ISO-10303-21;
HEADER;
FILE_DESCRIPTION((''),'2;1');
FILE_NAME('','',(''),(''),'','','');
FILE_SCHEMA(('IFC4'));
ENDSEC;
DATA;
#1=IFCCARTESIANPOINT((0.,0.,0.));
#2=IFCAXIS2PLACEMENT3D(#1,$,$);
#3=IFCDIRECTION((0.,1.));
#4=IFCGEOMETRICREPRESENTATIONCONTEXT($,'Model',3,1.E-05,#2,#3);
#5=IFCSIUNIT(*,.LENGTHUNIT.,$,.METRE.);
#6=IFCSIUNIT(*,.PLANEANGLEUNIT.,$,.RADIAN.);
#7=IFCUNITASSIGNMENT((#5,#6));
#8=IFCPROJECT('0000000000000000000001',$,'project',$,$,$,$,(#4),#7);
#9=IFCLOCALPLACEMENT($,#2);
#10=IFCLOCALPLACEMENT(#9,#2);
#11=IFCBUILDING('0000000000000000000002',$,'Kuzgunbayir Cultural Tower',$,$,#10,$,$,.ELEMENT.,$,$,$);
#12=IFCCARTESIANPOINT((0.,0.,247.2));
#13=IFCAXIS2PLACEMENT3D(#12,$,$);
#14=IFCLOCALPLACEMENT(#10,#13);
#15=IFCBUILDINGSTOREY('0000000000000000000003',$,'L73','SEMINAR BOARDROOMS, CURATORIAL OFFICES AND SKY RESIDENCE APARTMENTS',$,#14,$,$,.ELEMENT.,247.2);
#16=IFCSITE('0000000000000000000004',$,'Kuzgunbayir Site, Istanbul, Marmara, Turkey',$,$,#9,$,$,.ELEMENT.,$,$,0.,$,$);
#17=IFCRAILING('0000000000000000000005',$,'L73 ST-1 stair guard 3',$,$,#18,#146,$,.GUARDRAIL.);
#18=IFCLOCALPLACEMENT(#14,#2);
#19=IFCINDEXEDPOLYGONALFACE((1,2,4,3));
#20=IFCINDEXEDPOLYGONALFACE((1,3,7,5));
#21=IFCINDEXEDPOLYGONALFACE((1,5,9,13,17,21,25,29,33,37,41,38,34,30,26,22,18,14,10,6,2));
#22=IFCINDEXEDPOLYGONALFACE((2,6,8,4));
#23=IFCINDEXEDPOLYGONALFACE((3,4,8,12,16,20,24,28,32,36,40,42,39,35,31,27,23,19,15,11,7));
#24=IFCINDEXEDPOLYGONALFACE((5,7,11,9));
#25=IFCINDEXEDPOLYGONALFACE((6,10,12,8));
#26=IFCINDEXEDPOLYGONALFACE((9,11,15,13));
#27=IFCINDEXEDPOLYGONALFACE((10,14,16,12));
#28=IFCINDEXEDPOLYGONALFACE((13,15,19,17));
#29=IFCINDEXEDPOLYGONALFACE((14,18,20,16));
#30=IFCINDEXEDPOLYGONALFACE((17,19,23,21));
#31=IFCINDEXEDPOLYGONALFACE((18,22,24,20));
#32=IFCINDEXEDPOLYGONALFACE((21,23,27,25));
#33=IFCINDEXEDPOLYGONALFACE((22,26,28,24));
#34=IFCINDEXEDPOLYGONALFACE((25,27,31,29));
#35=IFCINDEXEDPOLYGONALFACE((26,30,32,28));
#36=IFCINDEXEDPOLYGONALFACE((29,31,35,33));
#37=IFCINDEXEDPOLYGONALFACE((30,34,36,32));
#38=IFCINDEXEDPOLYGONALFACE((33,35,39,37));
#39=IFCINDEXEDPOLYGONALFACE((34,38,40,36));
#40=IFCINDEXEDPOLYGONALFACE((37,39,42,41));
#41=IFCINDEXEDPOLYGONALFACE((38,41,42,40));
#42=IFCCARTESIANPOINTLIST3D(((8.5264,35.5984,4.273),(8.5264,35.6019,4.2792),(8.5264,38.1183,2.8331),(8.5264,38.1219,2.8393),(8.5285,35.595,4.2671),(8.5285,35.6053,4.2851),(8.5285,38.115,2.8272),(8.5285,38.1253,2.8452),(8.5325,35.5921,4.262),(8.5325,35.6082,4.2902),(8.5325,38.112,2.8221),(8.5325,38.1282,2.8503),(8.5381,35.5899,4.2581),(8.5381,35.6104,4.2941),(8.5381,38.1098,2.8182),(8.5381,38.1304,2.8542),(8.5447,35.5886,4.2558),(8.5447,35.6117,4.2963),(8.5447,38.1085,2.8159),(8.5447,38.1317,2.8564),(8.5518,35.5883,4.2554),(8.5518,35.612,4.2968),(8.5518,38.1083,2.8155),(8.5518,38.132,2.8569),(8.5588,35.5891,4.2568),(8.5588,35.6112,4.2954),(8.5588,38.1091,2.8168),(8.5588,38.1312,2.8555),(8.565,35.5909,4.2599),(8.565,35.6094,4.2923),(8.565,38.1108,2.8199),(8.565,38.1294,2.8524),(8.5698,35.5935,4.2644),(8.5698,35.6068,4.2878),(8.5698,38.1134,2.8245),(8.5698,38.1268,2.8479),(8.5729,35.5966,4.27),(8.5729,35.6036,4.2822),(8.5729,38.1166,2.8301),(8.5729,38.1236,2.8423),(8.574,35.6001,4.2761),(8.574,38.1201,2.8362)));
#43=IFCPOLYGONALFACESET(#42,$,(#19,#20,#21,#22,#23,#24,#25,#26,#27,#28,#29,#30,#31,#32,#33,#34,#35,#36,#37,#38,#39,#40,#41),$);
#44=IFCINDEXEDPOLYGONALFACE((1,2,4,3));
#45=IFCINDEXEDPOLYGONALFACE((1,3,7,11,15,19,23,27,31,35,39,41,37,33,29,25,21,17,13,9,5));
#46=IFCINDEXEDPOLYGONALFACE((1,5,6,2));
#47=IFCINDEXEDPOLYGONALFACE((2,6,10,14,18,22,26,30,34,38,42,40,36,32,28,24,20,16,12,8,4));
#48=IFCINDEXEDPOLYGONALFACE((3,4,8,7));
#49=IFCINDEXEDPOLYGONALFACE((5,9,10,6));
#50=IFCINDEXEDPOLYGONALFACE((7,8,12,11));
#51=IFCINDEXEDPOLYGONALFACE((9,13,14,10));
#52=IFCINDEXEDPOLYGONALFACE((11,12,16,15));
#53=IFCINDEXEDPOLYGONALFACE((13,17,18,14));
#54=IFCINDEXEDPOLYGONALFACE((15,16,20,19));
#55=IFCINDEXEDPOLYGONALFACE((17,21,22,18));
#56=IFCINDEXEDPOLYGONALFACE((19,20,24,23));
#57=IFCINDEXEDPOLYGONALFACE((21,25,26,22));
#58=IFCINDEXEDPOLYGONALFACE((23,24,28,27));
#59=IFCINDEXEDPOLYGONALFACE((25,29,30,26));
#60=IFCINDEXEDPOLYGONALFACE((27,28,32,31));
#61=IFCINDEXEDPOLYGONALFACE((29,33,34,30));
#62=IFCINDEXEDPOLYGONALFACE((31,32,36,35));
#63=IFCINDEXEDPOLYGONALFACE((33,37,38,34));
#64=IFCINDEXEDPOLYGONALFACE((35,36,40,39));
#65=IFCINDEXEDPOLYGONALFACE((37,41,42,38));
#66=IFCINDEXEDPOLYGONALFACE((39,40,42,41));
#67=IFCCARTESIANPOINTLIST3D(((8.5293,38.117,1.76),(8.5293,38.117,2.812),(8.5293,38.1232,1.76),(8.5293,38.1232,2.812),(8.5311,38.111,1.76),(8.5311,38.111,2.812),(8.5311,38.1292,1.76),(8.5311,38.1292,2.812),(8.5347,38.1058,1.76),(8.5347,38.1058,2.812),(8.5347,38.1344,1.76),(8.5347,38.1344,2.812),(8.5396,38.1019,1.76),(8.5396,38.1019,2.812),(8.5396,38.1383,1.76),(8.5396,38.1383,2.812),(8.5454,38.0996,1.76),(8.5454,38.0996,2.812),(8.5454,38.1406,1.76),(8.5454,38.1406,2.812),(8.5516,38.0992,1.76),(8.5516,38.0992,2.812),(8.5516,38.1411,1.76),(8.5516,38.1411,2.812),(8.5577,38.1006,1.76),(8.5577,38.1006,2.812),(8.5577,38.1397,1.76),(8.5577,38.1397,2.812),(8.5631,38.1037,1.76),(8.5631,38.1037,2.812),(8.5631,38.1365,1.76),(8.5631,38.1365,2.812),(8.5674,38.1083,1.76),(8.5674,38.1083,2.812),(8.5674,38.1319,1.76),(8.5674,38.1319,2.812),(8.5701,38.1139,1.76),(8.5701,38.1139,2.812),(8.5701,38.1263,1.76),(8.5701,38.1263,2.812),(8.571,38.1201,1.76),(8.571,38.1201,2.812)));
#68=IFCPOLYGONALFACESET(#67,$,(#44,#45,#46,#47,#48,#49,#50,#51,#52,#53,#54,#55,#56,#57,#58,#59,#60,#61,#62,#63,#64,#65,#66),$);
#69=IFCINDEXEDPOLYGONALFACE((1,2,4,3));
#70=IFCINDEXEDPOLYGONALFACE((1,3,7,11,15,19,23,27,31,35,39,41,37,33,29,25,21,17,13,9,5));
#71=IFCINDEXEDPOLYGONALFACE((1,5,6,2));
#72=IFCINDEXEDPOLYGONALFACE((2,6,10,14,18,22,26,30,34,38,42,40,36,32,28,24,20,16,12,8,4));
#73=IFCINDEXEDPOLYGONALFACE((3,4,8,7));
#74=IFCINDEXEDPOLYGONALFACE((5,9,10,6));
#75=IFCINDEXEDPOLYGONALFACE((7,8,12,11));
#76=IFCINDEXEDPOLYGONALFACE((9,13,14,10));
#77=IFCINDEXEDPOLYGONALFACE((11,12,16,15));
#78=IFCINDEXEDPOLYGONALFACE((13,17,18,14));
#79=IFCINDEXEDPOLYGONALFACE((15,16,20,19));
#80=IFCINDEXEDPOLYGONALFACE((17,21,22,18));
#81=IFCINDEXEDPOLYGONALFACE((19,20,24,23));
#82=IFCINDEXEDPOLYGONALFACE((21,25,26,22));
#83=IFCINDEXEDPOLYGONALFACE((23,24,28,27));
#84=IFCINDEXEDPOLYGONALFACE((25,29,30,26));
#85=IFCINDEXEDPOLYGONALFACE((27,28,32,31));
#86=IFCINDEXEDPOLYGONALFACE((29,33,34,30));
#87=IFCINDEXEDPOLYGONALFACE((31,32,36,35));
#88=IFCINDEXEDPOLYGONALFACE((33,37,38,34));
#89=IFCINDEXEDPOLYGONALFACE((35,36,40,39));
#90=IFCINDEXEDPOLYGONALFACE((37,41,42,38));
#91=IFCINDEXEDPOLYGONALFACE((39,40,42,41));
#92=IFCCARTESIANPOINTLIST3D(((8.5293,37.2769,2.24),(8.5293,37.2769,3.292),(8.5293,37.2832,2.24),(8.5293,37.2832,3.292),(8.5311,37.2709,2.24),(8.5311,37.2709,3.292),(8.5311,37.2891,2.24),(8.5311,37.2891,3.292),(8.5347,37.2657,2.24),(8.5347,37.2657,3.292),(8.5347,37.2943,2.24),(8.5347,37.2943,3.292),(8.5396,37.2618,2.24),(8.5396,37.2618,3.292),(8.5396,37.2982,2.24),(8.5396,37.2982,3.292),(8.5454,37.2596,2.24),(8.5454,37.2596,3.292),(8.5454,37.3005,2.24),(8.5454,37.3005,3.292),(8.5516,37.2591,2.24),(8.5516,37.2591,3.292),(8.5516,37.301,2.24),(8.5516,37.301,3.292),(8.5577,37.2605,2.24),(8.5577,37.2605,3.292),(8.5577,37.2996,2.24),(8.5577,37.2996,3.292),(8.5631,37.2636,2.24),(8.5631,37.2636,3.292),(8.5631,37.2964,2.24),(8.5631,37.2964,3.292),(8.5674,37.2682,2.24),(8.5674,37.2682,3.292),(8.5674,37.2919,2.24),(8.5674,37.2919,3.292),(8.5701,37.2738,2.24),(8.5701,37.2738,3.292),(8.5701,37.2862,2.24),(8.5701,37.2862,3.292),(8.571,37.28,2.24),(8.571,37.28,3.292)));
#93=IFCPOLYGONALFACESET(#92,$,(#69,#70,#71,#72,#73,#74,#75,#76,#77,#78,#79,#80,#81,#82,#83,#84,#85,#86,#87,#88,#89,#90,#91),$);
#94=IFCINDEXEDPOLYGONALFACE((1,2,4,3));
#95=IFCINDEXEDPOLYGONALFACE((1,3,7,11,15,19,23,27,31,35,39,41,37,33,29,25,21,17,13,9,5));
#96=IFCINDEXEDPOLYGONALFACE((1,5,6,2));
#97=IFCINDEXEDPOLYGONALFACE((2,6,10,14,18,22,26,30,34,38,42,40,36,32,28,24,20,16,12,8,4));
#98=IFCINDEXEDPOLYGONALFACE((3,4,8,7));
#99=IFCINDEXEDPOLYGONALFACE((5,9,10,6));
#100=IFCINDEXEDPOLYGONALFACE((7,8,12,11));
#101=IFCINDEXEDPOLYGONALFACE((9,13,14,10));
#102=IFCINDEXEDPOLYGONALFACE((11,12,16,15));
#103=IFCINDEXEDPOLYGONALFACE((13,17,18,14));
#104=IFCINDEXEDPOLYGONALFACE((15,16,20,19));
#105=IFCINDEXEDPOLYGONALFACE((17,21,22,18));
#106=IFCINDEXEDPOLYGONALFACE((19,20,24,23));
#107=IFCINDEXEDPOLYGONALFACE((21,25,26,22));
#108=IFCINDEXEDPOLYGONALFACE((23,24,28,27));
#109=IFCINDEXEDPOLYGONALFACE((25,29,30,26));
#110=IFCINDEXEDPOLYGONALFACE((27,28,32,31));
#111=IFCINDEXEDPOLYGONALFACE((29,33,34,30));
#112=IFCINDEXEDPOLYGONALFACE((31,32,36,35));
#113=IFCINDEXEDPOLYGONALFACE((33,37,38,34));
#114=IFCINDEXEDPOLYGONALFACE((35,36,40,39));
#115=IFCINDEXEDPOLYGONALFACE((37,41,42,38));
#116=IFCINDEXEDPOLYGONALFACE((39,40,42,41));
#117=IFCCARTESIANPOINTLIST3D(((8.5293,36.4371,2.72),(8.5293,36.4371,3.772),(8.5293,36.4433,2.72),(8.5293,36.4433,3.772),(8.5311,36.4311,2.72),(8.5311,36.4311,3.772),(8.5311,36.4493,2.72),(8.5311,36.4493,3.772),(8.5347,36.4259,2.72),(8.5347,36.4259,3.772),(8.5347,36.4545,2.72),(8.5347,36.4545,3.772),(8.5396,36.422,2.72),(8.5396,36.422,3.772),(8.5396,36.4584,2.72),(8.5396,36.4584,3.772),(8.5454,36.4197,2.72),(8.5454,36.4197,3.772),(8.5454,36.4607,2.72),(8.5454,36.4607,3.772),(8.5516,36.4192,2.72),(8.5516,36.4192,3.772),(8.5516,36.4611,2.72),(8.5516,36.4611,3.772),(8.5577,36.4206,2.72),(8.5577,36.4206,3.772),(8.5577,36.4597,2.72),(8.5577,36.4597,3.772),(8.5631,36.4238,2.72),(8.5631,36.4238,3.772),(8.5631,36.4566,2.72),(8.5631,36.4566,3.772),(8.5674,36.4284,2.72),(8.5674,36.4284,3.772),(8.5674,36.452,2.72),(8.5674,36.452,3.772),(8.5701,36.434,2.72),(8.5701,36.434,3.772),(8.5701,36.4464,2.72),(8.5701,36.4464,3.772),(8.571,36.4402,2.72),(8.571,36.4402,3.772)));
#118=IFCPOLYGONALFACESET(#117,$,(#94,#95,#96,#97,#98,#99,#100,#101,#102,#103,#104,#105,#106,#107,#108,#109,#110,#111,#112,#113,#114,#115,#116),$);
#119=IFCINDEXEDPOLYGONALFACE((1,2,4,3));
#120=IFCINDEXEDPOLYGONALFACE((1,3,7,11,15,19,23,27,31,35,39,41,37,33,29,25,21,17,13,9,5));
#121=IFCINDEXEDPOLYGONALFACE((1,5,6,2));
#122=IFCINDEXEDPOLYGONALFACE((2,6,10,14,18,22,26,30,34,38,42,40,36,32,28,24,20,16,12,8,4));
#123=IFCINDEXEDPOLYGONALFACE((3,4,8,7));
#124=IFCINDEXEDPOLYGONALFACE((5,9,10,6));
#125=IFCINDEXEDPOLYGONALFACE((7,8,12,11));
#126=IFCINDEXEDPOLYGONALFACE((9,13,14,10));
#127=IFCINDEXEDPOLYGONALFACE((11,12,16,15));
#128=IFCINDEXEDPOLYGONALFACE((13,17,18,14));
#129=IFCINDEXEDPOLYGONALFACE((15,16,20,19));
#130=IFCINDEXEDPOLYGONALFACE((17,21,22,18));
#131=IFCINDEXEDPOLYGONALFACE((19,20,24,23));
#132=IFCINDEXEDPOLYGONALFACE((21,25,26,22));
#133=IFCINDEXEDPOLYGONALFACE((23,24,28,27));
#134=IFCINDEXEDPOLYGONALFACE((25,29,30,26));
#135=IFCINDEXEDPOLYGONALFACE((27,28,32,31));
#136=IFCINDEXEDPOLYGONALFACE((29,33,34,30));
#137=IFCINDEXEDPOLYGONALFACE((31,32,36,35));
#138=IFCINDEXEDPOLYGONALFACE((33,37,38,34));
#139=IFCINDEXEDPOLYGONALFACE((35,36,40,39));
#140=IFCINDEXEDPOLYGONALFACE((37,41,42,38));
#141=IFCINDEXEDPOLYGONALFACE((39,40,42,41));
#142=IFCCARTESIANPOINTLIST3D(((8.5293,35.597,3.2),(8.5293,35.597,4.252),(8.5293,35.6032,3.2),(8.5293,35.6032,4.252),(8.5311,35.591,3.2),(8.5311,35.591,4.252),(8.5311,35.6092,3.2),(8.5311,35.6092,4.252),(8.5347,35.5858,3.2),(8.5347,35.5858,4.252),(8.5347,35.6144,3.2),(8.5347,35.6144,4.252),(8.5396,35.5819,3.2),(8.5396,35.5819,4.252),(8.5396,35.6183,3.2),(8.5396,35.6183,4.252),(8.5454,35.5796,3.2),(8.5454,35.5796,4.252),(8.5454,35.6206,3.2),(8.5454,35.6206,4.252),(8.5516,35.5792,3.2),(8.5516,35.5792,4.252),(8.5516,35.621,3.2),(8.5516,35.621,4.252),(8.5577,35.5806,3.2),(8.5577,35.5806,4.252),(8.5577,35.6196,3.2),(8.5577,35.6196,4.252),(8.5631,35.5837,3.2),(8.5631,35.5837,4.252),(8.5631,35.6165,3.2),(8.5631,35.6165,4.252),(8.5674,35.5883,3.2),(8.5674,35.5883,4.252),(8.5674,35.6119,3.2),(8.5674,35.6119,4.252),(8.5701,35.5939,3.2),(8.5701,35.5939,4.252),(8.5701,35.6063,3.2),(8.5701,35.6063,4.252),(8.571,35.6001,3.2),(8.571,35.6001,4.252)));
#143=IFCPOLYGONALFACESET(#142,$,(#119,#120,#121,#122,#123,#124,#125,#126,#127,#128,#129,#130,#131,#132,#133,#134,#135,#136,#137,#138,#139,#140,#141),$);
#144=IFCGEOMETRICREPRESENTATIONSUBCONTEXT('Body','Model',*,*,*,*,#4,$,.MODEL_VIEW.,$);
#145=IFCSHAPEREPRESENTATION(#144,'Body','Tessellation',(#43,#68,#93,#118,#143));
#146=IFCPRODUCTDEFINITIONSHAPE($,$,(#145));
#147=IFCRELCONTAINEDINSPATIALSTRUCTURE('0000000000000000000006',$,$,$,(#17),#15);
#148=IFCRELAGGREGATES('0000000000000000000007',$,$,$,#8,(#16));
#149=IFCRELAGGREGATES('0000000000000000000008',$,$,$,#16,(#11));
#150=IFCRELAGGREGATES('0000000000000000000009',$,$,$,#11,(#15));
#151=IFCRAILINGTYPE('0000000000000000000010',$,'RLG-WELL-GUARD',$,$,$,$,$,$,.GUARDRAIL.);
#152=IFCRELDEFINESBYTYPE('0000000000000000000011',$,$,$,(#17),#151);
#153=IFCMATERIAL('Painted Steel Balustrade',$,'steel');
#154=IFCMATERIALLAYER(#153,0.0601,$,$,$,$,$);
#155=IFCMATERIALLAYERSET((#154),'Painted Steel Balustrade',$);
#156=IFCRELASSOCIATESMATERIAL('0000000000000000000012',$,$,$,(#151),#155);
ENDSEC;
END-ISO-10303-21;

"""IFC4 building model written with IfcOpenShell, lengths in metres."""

from ifc_helpers import new_model, si_unit, direction, frame, origin, origin_2d, place, context, subcontext, project, spatial, circle, extrude, material, layer, layer_set, type_object, element, save


model = new_model("IFC4")

# Units and contexts
model_context = context("Model", 3, precision=1e-05, world=origin(), true_north=direction((0.0, 1.0)))
body_context = subcontext(model_context, "Body", "Model", "MODEL_VIEW")
ifc_project = project(units=[si_unit("LENGTHUNIT", "METRE"), si_unit("PLANEANGLEUNIT", "RADIAN")], contexts=[model_context])

# Site, building, storey
site_placement = place(None, origin())
site = spatial("IfcSite", under=ifc_project, at=site_placement, Name="Kuzgunbayir Site, Istanbul, Marmara, Turkey", CompositionType="ELEMENT", RefElevation=0.0)
building_placement = place(site_placement, origin())
building = spatial("IfcBuilding", under=site, at=building_placement, Name="Kuzgunbayir Cultural Tower", CompositionType="ELEMENT")
storey_placement = place(building_placement, frame((0.0, 0.0, 247.2)))
storey = spatial("IfcBuildingStorey", under=building, at=storey_placement, Name="L73", Description="SEMINAR BOARDROOMS, CURATORIAL OFFICES AND SKY RESIDENCE APARTMENTS", CompositionType="ELEMENT", Elevation=247.2)

# Railing
ifc_material_1 = material(Name="Painted Steel Balustrade", Category="steel")
ifc_layer_1 = layer(ifc_material_1, 0.0601)
ifc_layer_set_1 = layer_set([ifc_layer_1], Name="Painted Steel Balustrade")
railing_type_1 = type_object("IfcRailingType", Name="RLG-WELL-GUARD", PredefinedType="GUARDRAIL", material=ifc_layer_set_1)
railing_1_placement = place(storey_placement, frame((8.55, 38.1201, 1.76)))
element("IfcRailing", 1, at=railing_1_placement, inside=storey, type_object=railing_type_1, Name="L73 ST-1 stair guard 3", PredefinedType="GUARDRAIL", context=body_context, shape_type="SweptSolid", body=[
    extrude(circle(Radius=0.0239, at=origin_2d()), frame((0.0, 0.0, 1.0762), z_axis=(0.0, -0.868253, 0.496121), x_axis=(1.0, 0.0, 0.0)), (0.0, 0.0, 1.0), 2.9023),
    extrude(circle(Radius=0.021, at=origin_2d()), origin(), (0.0, 0.0, 1.0), 1.052),
    extrude(circle(Radius=0.021, at=origin_2d()), frame((0.0, -0.8401, 0.48)), (0.0, 0.0, 1.0), 1.052),
    extrude(circle(Radius=0.021, at=origin_2d()), frame((0.0, -1.6799, 0.96)), (0.0, 0.0, 1.0), 1.052),
    extrude(circle(Radius=0.021, at=origin_2d()), frame((0.0, -2.52, 1.4399)), (0.0, 0.0, 1.0), 1.052),
])

save(model, "model.ifc")
